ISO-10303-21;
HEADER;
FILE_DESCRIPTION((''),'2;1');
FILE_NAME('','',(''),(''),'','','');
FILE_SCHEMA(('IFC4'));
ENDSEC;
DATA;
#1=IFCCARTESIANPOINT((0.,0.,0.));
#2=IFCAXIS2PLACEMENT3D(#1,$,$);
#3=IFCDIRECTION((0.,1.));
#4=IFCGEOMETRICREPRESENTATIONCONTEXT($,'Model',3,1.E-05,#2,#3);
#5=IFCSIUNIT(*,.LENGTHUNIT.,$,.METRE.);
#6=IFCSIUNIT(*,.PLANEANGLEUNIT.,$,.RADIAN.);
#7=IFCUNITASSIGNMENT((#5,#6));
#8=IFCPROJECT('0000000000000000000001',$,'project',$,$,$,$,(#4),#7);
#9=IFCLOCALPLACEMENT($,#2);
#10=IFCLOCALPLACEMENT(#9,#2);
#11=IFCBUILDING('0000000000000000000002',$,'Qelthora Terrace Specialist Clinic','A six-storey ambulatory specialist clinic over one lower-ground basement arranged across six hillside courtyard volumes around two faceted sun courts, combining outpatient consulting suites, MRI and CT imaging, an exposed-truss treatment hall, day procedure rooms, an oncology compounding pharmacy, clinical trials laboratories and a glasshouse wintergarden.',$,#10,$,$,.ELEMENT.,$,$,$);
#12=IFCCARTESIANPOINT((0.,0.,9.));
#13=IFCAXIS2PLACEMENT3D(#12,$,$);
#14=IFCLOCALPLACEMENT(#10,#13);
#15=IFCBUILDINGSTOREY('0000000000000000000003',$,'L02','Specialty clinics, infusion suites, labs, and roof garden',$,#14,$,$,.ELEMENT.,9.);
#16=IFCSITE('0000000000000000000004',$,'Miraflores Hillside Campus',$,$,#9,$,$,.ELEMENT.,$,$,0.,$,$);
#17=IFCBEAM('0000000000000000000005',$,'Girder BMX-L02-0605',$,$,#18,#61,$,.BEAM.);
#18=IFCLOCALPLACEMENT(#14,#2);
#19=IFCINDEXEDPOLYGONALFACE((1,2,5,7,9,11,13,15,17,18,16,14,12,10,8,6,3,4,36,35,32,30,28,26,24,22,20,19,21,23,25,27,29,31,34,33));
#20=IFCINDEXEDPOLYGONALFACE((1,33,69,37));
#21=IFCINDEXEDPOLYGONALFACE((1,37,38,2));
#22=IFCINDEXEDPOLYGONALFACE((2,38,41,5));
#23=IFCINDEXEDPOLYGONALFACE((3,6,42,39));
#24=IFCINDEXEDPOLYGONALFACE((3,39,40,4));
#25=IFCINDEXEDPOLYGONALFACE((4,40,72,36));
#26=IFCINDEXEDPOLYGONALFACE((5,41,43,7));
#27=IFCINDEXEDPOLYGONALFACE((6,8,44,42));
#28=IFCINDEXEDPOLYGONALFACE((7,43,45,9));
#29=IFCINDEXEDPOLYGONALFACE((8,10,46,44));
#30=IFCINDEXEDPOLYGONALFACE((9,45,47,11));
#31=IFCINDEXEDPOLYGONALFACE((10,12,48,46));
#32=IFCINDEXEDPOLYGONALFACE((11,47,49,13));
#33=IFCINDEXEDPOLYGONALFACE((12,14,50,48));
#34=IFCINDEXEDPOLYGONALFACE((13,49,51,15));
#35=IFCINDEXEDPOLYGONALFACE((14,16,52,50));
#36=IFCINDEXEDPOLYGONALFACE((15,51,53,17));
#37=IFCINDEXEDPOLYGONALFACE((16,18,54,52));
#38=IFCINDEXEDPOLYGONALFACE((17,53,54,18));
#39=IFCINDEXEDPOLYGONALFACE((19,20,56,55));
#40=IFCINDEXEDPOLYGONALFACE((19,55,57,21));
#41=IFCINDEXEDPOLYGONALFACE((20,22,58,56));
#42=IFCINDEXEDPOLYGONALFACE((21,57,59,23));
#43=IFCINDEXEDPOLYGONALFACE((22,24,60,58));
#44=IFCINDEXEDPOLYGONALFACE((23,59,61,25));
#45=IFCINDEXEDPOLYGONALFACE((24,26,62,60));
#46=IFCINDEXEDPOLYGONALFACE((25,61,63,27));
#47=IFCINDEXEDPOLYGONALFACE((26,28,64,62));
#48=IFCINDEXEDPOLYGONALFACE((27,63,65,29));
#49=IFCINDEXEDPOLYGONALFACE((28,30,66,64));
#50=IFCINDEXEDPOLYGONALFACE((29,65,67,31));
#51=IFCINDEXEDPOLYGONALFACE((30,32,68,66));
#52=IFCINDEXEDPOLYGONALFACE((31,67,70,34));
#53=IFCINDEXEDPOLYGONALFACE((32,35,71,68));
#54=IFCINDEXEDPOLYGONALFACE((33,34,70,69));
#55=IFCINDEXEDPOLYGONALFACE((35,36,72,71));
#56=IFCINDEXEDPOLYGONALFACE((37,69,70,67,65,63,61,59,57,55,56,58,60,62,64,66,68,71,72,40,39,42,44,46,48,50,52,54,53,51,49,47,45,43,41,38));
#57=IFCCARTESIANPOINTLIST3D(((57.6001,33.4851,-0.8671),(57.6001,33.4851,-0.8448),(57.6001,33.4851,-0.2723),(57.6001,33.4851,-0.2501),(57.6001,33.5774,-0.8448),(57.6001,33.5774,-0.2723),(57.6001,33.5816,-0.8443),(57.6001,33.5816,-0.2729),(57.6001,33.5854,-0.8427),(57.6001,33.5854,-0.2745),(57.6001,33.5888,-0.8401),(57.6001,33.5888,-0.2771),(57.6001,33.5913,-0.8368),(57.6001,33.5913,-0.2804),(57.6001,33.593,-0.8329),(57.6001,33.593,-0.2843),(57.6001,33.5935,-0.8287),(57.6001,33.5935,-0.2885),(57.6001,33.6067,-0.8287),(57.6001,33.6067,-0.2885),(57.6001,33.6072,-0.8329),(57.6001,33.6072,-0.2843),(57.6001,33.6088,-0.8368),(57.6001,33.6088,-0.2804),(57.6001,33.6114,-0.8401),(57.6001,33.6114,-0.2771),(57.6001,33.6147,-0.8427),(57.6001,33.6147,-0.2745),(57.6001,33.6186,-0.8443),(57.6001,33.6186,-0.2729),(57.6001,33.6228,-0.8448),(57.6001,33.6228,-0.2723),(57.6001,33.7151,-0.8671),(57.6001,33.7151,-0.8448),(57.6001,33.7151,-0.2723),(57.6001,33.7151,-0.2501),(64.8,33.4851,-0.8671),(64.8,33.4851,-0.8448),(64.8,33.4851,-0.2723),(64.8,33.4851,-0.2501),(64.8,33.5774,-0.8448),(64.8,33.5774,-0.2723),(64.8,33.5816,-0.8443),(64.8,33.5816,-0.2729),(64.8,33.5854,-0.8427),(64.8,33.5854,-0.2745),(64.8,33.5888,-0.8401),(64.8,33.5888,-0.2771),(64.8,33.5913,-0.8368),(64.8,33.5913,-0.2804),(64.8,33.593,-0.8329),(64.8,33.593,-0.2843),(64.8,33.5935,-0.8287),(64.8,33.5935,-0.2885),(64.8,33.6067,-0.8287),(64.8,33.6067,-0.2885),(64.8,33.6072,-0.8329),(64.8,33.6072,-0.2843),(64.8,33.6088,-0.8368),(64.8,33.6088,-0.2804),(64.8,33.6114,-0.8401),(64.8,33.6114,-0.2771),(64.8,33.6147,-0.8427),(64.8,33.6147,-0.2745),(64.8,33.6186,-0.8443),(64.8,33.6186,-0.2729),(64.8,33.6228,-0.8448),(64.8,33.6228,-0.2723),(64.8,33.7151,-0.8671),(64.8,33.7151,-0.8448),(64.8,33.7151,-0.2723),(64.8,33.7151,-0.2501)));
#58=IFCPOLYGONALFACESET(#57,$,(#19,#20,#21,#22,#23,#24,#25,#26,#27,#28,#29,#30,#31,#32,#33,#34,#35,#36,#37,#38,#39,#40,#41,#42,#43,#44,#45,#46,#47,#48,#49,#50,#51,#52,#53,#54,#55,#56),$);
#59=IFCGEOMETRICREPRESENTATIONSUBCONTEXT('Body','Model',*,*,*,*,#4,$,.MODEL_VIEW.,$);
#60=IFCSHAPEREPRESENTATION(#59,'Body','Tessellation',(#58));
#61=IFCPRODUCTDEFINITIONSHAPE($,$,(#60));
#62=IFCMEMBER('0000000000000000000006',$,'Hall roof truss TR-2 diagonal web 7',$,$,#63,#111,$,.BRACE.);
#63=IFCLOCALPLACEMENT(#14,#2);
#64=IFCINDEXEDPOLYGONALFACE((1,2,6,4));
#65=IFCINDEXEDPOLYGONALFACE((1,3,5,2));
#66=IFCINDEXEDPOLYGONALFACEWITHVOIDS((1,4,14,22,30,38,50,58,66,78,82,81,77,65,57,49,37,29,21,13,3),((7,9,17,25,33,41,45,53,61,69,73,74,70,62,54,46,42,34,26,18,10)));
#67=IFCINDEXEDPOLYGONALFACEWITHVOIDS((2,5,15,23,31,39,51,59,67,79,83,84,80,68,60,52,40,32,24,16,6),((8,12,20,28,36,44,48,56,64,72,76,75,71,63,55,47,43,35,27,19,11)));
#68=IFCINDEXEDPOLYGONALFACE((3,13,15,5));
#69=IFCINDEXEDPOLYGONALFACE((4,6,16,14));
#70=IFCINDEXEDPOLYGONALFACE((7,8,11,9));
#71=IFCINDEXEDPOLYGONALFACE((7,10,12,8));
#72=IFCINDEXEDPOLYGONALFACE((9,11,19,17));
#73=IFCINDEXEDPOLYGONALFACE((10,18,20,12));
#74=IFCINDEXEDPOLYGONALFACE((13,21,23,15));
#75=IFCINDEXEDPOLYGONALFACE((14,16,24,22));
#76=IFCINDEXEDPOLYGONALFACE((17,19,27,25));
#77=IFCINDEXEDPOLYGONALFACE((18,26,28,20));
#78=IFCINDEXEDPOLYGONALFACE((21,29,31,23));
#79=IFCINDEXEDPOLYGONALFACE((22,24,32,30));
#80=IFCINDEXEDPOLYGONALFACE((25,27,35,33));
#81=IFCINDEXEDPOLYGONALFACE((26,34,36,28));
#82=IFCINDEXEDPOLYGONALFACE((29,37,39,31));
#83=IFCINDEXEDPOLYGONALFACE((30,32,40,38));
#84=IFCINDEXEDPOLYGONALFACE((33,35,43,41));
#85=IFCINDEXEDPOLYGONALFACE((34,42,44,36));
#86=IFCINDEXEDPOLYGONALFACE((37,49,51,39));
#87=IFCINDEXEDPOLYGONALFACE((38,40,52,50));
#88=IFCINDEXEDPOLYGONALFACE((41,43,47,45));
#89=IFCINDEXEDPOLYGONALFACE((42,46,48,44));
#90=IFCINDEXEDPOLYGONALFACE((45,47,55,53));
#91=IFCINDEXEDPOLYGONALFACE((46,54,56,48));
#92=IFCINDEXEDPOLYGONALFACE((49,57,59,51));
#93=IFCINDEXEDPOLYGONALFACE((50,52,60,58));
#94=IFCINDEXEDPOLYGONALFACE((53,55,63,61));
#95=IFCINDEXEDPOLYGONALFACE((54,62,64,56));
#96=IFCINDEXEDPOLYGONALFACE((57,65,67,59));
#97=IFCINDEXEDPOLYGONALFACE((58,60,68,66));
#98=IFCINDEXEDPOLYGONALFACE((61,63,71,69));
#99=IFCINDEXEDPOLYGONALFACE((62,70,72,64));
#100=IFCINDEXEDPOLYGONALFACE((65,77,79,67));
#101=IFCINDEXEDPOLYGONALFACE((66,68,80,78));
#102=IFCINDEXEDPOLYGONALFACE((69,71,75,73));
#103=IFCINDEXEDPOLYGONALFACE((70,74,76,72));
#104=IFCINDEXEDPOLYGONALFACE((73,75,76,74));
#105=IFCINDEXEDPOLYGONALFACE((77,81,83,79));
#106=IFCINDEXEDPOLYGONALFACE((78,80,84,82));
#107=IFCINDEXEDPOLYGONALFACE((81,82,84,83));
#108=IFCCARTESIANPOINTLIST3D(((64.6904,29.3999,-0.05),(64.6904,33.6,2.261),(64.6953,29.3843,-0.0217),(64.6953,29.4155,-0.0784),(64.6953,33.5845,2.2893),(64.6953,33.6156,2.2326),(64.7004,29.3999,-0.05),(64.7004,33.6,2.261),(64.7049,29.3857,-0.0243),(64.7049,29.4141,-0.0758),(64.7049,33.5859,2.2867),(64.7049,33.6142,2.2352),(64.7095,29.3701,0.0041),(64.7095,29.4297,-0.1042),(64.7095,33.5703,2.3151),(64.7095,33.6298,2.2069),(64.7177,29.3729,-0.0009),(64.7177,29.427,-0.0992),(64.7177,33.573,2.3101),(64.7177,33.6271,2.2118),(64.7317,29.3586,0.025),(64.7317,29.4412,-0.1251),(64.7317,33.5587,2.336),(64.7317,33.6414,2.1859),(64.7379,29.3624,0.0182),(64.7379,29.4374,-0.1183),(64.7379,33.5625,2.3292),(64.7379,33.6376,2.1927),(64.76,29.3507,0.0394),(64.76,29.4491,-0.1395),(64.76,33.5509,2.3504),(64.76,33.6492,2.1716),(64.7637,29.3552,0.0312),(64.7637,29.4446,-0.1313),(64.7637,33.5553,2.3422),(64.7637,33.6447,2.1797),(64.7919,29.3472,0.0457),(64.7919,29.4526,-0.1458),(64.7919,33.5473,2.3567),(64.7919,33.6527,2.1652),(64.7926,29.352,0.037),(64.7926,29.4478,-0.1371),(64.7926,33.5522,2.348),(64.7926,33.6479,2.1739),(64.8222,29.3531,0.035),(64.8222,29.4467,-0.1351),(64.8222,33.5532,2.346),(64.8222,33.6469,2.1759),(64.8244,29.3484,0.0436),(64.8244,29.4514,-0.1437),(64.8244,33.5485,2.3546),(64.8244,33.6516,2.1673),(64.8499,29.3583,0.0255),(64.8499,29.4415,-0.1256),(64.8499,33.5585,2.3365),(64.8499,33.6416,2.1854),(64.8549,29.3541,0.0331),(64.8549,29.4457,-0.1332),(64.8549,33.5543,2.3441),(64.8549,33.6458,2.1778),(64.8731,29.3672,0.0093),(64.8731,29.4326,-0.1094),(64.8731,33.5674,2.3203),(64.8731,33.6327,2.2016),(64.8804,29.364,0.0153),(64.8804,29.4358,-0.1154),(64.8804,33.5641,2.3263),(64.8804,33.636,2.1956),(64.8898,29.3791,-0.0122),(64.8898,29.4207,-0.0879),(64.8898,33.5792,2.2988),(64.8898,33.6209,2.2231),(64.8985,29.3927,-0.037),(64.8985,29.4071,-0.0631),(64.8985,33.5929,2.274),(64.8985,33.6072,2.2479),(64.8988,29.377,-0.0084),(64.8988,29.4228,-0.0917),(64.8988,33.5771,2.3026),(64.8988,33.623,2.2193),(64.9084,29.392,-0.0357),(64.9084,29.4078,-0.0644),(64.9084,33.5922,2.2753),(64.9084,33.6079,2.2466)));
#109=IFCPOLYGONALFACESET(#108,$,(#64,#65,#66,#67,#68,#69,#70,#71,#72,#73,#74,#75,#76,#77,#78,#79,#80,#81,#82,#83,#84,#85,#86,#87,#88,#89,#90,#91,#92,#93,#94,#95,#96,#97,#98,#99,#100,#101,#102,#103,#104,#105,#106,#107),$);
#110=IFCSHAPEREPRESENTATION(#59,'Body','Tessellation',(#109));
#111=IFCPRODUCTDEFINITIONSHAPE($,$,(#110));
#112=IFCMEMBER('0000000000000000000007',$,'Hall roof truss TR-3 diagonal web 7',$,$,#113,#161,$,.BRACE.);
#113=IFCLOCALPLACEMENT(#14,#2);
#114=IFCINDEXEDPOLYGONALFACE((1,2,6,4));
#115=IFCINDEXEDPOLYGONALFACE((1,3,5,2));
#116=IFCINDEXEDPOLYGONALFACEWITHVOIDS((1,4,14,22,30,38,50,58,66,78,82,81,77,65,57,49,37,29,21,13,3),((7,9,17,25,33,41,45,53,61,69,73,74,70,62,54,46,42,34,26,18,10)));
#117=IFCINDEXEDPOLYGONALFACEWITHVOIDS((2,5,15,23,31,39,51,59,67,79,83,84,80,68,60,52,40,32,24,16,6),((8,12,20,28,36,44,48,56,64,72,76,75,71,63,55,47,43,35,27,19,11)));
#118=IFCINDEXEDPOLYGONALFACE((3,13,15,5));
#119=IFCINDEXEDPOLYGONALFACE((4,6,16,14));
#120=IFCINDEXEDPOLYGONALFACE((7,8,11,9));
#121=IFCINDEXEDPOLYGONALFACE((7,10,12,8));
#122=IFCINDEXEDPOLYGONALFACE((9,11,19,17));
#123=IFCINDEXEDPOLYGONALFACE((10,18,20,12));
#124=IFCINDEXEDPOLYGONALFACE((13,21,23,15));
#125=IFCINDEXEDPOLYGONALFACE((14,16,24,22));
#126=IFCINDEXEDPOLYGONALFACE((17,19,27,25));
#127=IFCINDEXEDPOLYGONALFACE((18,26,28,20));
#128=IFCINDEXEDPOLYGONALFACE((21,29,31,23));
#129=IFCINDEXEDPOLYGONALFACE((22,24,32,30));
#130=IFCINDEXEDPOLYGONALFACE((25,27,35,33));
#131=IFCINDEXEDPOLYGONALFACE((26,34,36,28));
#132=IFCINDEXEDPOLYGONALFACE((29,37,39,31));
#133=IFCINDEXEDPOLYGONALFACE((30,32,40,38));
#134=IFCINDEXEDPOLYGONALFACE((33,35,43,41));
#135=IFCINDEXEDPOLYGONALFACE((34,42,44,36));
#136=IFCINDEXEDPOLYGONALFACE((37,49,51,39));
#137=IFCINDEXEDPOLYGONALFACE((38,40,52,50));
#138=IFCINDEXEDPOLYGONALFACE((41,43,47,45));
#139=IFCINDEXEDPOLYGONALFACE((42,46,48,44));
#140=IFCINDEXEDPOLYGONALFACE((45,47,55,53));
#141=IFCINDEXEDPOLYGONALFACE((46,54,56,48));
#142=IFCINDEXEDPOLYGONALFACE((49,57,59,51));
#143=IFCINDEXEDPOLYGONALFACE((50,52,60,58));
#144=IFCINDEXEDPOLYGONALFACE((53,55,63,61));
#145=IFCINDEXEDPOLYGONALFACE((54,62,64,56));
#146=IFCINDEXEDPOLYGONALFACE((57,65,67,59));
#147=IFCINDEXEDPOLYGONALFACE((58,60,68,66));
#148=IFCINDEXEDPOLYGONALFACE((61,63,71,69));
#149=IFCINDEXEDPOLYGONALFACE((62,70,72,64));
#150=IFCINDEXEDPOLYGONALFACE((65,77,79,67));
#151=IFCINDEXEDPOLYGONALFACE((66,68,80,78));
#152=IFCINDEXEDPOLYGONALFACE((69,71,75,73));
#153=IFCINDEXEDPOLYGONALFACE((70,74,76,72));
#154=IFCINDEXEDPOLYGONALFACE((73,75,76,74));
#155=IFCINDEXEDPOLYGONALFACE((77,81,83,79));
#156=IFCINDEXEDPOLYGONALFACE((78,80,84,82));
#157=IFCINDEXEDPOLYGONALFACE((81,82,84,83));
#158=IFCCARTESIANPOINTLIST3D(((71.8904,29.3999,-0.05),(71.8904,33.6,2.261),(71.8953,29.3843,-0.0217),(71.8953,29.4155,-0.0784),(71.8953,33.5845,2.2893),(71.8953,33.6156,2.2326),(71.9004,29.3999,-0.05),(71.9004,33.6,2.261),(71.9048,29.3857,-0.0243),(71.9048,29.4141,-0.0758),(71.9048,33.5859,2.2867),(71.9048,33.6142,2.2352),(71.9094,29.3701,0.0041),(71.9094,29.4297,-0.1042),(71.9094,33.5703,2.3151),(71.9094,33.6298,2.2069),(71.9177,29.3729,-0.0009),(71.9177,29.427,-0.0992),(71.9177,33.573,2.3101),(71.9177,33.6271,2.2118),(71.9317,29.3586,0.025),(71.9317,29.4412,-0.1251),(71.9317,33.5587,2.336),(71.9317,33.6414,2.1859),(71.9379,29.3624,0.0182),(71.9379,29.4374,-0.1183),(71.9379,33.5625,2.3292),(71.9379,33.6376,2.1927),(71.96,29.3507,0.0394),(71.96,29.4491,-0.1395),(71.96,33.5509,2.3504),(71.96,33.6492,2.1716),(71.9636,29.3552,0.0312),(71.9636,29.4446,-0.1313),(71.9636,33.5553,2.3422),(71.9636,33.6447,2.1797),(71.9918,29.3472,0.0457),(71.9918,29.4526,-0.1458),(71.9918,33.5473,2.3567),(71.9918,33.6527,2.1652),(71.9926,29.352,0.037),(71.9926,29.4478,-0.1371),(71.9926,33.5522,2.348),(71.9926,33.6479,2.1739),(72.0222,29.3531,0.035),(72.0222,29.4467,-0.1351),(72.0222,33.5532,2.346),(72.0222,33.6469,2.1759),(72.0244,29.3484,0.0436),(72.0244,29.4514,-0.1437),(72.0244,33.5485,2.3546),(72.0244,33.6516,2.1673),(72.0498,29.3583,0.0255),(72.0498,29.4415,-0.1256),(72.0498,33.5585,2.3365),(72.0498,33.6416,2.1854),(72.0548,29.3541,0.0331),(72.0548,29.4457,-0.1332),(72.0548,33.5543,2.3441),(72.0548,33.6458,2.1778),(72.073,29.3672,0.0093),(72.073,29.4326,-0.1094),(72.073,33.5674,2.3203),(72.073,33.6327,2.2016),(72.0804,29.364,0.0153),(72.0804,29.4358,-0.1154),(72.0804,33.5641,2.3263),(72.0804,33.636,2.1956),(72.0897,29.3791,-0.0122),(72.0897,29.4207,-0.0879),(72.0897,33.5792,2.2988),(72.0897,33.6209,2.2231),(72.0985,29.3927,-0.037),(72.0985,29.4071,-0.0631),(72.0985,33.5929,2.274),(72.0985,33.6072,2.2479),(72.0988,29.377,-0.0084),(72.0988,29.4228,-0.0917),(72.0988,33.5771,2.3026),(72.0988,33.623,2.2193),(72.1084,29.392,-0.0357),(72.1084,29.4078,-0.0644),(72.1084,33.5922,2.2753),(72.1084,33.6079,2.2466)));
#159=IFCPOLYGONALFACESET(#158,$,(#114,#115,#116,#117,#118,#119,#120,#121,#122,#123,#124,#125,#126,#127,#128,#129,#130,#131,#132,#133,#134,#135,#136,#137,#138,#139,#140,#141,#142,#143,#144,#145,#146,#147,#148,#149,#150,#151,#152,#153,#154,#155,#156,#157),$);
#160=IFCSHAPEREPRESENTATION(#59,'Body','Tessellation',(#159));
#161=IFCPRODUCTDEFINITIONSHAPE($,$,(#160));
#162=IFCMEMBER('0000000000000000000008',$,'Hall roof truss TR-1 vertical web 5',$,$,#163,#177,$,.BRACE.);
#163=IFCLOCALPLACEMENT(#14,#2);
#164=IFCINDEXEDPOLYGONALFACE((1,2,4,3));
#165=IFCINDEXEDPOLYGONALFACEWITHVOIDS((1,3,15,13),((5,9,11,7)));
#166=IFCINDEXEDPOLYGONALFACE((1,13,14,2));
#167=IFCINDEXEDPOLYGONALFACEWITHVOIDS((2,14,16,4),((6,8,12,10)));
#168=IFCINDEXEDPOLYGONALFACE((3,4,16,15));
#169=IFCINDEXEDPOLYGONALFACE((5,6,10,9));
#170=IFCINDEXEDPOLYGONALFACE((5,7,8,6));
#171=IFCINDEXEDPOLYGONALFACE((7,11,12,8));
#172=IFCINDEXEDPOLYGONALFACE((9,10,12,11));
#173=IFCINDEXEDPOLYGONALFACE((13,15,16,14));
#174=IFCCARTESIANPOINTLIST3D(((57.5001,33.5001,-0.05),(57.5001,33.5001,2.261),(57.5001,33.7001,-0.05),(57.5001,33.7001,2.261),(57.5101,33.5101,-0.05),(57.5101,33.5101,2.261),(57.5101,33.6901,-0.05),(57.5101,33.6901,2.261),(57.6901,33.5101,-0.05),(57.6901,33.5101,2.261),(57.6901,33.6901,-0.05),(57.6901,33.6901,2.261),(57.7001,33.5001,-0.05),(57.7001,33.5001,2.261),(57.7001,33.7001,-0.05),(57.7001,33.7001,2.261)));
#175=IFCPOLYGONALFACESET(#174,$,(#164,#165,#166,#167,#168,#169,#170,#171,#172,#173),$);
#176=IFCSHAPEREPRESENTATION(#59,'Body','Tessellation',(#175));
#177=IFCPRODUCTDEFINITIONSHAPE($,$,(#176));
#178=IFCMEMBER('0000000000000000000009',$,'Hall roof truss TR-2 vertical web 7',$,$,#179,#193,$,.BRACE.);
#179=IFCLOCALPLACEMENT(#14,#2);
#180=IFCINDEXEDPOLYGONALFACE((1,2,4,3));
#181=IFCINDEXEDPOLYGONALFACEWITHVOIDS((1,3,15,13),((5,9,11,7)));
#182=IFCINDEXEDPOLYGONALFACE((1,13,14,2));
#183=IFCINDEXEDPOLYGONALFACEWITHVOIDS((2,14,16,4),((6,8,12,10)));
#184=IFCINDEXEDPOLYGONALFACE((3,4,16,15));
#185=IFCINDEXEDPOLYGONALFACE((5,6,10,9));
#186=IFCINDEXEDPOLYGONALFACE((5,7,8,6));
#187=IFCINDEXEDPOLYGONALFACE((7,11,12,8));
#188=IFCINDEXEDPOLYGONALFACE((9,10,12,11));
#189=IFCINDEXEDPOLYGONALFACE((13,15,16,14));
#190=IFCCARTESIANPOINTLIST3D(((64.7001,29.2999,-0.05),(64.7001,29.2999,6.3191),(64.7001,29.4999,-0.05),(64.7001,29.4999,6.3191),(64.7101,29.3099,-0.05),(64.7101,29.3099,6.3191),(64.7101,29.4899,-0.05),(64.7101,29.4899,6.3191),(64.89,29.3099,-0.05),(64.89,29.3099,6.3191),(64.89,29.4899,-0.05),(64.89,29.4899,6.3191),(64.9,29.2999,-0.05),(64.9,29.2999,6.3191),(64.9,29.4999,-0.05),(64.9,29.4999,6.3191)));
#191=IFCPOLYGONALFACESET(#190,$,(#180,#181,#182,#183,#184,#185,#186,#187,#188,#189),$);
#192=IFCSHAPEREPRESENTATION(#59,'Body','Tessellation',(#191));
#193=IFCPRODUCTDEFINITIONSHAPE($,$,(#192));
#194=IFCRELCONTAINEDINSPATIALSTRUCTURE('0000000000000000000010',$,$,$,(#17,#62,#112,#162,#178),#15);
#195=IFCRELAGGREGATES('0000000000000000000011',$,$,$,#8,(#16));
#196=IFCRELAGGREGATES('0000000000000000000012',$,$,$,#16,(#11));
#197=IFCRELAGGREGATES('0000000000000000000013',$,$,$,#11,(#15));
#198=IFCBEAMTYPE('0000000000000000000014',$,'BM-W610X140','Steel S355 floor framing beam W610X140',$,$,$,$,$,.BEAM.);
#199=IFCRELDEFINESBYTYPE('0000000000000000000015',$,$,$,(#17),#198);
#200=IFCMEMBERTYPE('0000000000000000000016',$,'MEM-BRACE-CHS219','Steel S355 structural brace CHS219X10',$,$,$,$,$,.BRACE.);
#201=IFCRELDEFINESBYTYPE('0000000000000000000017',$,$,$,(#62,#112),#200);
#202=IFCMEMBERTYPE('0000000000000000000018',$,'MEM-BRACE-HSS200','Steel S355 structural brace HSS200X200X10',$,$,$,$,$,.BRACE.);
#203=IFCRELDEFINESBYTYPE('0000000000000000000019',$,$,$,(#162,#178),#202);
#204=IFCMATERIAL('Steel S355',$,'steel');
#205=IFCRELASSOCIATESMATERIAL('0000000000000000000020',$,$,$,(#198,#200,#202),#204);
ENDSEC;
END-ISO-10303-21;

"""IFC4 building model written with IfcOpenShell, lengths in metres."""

from ifc_helpers import new_model, si_unit, direction, frame, origin, origin_2d, place, context, subcontext, project, spatial, hollow_rectangle, hollow_circle, i_section, extrude, material, material_profile, profile_set, type_object, element, save


model = new_model("IFC4")

# Units and contexts
model_context = context("Model", 3, precision=1e-05, world=origin(), true_north=direction((0.0, 1.0)))
body_context = subcontext(model_context, "Body", "Model", "MODEL_VIEW")
ifc_project = project(units=[si_unit("LENGTHUNIT", "METRE"), si_unit("PLANEANGLEUNIT", "RADIAN")], contexts=[model_context])

# Site, building, storey
site_placement = place(None, origin())
site = spatial("IfcSite", under=ifc_project, at=site_placement, Name="Miraflores Hillside Campus", CompositionType="ELEMENT", RefElevation=0.0)
building_placement = place(site_placement, origin())
building = spatial("IfcBuilding", under=site, at=building_placement, Name="Qelthora Terrace Specialist Clinic", Description="A six-storey ambulatory specialist clinic over one lower-ground basement arranged across six hillside courtyard volumes around two faceted sun courts, combining outpatient consulting suites, MRI and CT imaging, an exposed-truss treatment hall, day procedure rooms, an oncology compounding pharmacy, clinical trials laboratories and a glasshouse wintergarden.", CompositionType="ELEMENT")
storey_placement = place(building_placement, frame((0.0, 0.0, 9.0)))
storey = spatial("IfcBuildingStorey", under=building, at=storey_placement, Name="L02", Description="Specialty clinics, infusion suites, labs, and roof garden", CompositionType="ELEMENT", Elevation=9.0)

# Beam
ifc_material = material(Name="Steel S355", Category="steel")
ifc_material_profile_1 = material_profile(ifc_material, i_section(OverallWidth=0.23, OverallDepth=0.6169, WebThickness=0.0132, FlangeThickness=0.0222, FilletRadius=0.0161, at=origin_2d()), Name="W610X140")
ifc_profile_set_1 = profile_set([ifc_material_profile_1], Name="Steel S355")
beam_type = type_object("IfcBeamType", Name="BM-W610X140", Description="Steel S355 floor framing beam W610X140", PredefinedType="BEAM", material=ifc_profile_set_1)
beam_placement = place(storey_placement, frame((57.6001, 33.6001, -0.5586), z_axis=(1.0, 0.0, 0.0), x_axis=(0.0, 1.0, 0.0)))
element("IfcBeam", 1, at=beam_placement, inside=storey, type_object=beam_type, Name="Girder BMX-L02-0605", PredefinedType="BEAM", context=body_context, shape_type="SweptSolid", body=[
    extrude(i_section(OverallWidth=0.23, OverallDepth=0.6169, WebThickness=0.0132, FlangeThickness=0.0222, FilletRadius=0.0161, at=origin_2d()), origin(), (0.0, 0.0, 1.0), 7.2),
])

# Members
ifc_material_profile_2 = material_profile(ifc_material, hollow_circle(Radius=0.1096, WallThickness=0.01, at=origin_2d()), Name="CHS219X10")
ifc_profile_set_2 = profile_set([ifc_material_profile_2], Name="Steel S355")
member_type_1 = type_object("IfcMemberType", Name="MEM-BRACE-CHS219", Description="Steel S355 structural brace CHS219X10", PredefinedType="BRACE", material=ifc_profile_set_2)
for number, where, z_axis, x_axis, name in (
    (2, (64.8, 29.3999, -0.05), (0.0, 0.876134, 0.482067), (-1.0, 0.0, 0.0), "Hall roof truss TR-2 diagonal web 7"),
    (3, (72.0, 29.3999, -0.05), (0.0, 0.876134, 0.482067), (-1.0, 0.0, 0.0), "Hall roof truss TR-3 diagonal web 7"),
):
    element("IfcMember", number, at=place(storey_placement, frame(where, z_axis=z_axis, x_axis=x_axis)), inside=storey, type_object=member_type_1, Name=name, PredefinedType="BRACE", context=body_context, shape_type="SweptSolid", body=[
        extrude(hollow_circle(Radius=0.1096, WallThickness=0.01, at=origin_2d()), origin(), (0.0, 0.0, 1.0), 4.7939),
    ])
ifc_material_profile_3 = material_profile(ifc_material, hollow_rectangle(XDim=0.2, YDim=0.2, WallThickness=0.01, at=origin_2d()), Name="HSS200X200X10")
ifc_profile_set_3 = profile_set([ifc_material_profile_3], Name="Steel S355")
member_type_2 = type_object("IfcMemberType", Name="MEM-BRACE-HSS200", Description="Steel S355 structural brace HSS200X200X10", PredefinedType="BRACE", material=ifc_profile_set_3)
member_1_placement = place(storey_placement, frame((57.6001, 33.6001, -0.05), z_axis=(0.0, 0.0, 1.0), x_axis=(1.0, 0.0, 0.0)))
element("IfcMember", 4, at=member_1_placement, inside=storey, type_object=member_type_2, Name="Hall roof truss TR-1 vertical web 5", PredefinedType="BRACE", context=body_context, shape_type="SweptSolid", body=[
    extrude(hollow_rectangle(XDim=0.2, YDim=0.2, WallThickness=0.01, at=origin_2d()), origin(), (0.0, 0.0, 1.0), 2.311),
])
member_2_placement = place(storey_placement, frame((64.8, 29.3999, -0.05), z_axis=(0.0, 0.0, 1.0), x_axis=(1.0, 0.0, 0.0)))
element("IfcMember", 5, at=member_2_placement, inside=storey, type_object=member_type_2, Name="Hall roof truss TR-2 vertical web 7", PredefinedType="BRACE", context=body_context, shape_type="SweptSolid", body=[
    extrude(hollow_rectangle(XDim=0.2, YDim=0.2, WallThickness=0.01, at=origin_2d()), origin(), (0.0, 0.0, 1.0), 6.3691),
])

save(model, "model.ifc")
